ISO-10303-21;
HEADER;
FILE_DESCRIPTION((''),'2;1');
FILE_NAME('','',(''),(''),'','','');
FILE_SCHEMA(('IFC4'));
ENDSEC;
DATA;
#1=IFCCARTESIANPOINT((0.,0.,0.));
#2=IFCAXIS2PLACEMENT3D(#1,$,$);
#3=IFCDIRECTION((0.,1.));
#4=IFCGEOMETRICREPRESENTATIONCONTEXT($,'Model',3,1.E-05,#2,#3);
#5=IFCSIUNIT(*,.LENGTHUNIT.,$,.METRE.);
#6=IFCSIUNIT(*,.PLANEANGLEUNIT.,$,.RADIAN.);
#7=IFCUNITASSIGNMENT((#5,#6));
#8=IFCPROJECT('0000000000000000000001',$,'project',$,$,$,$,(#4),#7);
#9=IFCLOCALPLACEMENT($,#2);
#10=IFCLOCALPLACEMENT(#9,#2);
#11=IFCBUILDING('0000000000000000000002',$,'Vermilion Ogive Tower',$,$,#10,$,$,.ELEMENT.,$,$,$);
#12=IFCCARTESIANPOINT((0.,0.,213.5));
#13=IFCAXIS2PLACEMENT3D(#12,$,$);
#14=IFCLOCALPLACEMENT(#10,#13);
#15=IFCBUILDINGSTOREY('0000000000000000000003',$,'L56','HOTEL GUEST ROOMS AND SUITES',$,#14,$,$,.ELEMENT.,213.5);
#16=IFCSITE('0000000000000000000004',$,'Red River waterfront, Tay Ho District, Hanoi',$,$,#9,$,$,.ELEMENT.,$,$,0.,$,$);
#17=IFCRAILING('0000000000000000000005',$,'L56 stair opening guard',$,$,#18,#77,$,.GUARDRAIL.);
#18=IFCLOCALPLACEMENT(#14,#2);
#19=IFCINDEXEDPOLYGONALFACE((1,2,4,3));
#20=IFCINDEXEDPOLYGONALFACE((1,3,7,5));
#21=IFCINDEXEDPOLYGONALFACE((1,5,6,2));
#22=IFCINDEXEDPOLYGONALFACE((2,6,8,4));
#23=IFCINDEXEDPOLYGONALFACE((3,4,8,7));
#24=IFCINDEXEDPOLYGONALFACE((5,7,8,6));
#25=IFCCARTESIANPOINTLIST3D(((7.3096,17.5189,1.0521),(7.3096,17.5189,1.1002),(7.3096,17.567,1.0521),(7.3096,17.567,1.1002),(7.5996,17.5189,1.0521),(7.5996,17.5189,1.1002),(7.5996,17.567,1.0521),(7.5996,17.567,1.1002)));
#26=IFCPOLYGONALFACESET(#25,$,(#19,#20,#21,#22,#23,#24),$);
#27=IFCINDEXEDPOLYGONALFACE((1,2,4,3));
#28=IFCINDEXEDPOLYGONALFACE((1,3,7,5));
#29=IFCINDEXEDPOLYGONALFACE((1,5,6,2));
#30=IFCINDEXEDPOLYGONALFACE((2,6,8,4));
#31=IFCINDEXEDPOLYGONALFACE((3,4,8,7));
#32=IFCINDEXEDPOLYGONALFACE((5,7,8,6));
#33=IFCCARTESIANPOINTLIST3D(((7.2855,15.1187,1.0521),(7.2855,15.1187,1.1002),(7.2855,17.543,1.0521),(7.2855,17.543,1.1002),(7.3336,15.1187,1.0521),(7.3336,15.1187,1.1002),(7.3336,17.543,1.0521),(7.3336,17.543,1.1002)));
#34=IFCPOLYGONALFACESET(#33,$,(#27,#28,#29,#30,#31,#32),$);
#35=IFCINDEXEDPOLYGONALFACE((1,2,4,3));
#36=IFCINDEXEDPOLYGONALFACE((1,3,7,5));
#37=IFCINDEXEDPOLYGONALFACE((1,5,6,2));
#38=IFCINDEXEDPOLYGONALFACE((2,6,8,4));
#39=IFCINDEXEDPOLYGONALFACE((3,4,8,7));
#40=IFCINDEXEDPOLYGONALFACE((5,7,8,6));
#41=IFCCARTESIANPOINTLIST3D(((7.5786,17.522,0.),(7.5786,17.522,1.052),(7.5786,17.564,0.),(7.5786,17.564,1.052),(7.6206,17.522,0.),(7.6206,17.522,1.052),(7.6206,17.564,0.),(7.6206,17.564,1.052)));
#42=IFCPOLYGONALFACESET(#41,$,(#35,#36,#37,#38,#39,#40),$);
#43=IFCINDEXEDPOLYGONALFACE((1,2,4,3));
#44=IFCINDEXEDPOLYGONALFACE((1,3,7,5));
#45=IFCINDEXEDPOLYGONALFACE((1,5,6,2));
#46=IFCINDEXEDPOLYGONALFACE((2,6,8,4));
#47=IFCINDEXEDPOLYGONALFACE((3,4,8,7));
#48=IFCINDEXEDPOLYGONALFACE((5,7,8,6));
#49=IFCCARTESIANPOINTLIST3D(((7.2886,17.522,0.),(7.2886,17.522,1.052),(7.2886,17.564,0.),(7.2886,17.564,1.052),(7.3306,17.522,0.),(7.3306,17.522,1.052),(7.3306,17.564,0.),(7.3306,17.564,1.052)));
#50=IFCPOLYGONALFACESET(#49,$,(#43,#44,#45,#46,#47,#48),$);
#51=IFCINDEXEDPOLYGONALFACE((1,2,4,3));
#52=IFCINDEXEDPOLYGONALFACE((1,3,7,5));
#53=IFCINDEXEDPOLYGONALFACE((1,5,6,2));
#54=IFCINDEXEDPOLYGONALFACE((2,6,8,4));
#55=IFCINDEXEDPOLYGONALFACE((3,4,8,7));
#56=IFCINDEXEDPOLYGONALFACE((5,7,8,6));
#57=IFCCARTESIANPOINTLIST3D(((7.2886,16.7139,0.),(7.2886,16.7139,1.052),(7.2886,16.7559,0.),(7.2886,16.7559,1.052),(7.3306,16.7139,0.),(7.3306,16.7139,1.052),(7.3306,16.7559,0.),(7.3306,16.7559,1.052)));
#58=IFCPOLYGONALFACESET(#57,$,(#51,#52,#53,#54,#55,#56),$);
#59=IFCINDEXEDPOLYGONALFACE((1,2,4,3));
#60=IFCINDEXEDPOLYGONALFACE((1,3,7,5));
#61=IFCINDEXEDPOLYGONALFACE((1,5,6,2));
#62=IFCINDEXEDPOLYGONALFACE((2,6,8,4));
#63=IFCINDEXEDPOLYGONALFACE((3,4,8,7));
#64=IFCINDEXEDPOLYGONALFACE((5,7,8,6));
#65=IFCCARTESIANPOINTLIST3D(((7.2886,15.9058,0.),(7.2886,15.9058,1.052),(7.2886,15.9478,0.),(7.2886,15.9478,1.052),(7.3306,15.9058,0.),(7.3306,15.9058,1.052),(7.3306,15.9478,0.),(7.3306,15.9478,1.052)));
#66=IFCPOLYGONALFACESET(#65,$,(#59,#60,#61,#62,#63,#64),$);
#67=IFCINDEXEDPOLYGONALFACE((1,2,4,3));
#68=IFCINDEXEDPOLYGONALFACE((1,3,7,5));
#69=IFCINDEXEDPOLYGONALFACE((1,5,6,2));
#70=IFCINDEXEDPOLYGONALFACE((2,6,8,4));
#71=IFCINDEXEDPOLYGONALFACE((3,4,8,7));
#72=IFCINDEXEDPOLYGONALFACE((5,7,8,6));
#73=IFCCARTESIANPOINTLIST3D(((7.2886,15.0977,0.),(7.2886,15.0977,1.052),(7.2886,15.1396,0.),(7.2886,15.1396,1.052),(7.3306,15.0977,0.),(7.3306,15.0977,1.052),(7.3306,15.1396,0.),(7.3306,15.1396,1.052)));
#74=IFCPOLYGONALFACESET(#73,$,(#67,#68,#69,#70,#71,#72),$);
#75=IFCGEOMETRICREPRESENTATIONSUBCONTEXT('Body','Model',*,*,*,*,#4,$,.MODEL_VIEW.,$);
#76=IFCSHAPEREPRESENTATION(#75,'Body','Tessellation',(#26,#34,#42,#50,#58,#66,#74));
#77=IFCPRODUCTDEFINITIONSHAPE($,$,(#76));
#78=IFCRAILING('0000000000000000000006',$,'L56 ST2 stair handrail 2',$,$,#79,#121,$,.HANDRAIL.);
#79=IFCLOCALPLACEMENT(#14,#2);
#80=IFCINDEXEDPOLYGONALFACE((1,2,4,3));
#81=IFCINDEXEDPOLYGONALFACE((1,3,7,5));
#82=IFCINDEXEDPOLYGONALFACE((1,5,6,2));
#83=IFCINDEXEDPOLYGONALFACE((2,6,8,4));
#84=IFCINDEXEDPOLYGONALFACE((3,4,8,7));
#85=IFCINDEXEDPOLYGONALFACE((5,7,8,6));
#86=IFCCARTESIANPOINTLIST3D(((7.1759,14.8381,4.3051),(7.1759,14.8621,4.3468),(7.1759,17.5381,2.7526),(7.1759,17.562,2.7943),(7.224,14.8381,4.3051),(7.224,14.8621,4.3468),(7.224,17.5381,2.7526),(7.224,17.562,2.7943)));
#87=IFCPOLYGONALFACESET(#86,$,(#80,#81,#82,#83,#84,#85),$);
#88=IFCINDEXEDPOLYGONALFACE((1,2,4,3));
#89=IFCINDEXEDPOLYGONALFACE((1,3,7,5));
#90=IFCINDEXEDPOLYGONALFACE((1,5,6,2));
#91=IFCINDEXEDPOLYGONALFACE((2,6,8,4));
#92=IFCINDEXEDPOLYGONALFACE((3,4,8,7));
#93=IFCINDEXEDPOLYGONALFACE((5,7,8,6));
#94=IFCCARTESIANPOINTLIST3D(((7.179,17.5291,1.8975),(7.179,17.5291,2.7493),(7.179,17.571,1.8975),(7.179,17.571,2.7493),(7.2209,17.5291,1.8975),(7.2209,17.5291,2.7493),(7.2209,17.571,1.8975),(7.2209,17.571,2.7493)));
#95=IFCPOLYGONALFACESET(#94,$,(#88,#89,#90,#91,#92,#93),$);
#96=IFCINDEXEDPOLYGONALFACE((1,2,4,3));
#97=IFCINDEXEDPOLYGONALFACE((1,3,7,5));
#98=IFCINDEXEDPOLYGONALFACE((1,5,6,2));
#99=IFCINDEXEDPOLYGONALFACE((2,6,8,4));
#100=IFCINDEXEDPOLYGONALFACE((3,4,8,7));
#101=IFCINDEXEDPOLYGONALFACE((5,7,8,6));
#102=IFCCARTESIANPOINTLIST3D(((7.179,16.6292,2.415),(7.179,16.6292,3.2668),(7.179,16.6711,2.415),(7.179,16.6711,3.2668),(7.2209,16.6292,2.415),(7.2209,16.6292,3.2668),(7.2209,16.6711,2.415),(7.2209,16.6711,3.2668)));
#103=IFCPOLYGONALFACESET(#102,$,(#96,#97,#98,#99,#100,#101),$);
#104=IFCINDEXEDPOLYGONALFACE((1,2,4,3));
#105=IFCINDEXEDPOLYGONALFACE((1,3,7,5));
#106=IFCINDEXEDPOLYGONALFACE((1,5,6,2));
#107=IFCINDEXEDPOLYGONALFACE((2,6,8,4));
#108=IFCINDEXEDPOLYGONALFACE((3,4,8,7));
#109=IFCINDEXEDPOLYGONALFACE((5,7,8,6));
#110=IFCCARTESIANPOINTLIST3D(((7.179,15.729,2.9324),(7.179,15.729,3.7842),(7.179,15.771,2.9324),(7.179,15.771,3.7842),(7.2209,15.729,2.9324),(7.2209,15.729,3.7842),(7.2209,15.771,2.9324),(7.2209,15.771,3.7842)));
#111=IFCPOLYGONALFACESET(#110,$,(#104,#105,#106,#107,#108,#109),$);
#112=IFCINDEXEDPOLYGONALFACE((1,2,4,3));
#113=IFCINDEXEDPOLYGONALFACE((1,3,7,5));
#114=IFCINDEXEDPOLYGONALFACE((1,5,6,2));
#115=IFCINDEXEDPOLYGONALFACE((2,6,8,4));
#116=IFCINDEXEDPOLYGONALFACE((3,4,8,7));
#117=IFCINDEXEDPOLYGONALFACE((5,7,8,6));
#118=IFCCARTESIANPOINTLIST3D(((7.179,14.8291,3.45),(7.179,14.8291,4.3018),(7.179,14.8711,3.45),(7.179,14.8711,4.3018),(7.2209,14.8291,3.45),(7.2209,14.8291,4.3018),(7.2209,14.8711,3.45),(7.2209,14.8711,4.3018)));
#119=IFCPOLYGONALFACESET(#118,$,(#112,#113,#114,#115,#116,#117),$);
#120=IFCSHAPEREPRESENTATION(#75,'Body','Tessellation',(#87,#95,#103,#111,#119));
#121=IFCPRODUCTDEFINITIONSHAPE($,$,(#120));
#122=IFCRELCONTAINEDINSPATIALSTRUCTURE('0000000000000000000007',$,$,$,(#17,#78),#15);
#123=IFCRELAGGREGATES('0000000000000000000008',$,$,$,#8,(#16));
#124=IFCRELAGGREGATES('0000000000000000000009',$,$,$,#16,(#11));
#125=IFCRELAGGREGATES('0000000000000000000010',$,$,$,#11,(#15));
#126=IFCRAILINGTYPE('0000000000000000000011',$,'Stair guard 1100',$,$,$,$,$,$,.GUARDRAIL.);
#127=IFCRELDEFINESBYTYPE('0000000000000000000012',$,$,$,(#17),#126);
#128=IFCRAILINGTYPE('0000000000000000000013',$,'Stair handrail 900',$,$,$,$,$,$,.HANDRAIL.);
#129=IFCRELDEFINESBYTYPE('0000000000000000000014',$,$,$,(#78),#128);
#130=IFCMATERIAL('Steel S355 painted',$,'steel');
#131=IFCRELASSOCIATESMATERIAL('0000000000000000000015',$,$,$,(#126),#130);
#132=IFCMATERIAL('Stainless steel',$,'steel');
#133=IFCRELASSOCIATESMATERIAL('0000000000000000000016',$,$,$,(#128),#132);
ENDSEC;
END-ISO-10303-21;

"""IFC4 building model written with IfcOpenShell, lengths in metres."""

from ifc_helpers import new_model, si_unit, direction, frame, origin, origin_2d, place, context, subcontext, project, spatial, rectangle, extrude, material, type_object, element, save


model = new_model("IFC4")

# Units and contexts
model_context = context("Model", 3, precision=1e-05, world=origin(), true_north=direction((0.0, 1.0)))
body_context = subcontext(model_context, "Body", "Model", "MODEL_VIEW")
ifc_project = project(units=[si_unit("LENGTHUNIT", "METRE"), si_unit("PLANEANGLEUNIT", "RADIAN")], contexts=[model_context])

# Site, building, storey
site_placement = place(None, origin())
site = spatial("IfcSite", under=ifc_project, at=site_placement, Name="Red River waterfront, Tay Ho District, Hanoi", CompositionType="ELEMENT", RefElevation=0.0)
building_placement = place(site_placement, origin())
building = spatial("IfcBuilding", under=site, at=building_placement, Name="Vermilion Ogive Tower", CompositionType="ELEMENT")
storey_placement = place(building_placement, frame((0.0, 0.0, 213.5)))
storey = spatial("IfcBuildingStorey", under=building, at=storey_placement, Name="L56", Description="HOTEL GUEST ROOMS AND SUITES", CompositionType="ELEMENT", Elevation=213.5)

# Railings
ifc_material_1 = material(Name="Steel S355 painted", Category="steel")
railing_type_1 = type_object("IfcRailingType", Name="Stair guard 1100", PredefinedType="GUARDRAIL", material=ifc_material_1)
railing_1_placement = place(storey_placement, frame((7.5996, 17.543, 0.0)))
element("IfcRailing", 1, at=railing_1_placement, inside=storey, type_object=railing_type_1, Name="L56 stair opening guard", PredefinedType="GUARDRAIL", context=body_context, shape_type="SweptSolid", body=[
    extrude(rectangle(XDim=0.0481, YDim=0.0481, at=origin_2d()), frame((0.0, 0.0, 1.0762), z_axis=(-1.0, 0.0, 0.0), x_axis=(0.0, -1.0, 0.0)), (0.0, 0.0, 1.0), 0.29),
    extrude(rectangle(XDim=0.0481, YDim=0.0481, at=origin_2d()), frame((-0.29, 0.0, 1.0762), z_axis=(0.0, -1.0, 0.0), x_axis=(1.0, 0.0, 0.0)), (0.0, 0.0, 1.0), 2.4243),
    extrude(rectangle(XDim=0.042, YDim=0.042, at=origin_2d()), origin(), (0.0, 0.0, 1.0), 1.052),
    extrude(rectangle(XDim=0.042, YDim=0.042, at=origin_2d()), frame((-0.29, 0.0, 0.0)), (0.0, 0.0, 1.0), 1.052),
    extrude(rectangle(XDim=0.042, YDim=0.042, at=origin_2d()), frame((-0.29, -0.8081, 0.0)), (0.0, 0.0, 1.0), 1.052),
    extrude(rectangle(XDim=0.042, YDim=0.042, at=origin_2d()), frame((-0.29, -1.6162, 0.0)), (0.0, 0.0, 1.0), 1.052),
    extrude(rectangle(XDim=0.042, YDim=0.042, at=origin_2d()), frame((-0.29, -2.4243, 0.0)), (0.0, 0.0, 1.0), 1.052),
])
ifc_material_2 = material(Name="Stainless steel", Category="steel")
railing_type_2 = type_object("IfcRailingType", Name="Stair handrail 900", PredefinedType="HANDRAIL", material=ifc_material_2)
railing_2_placement = place(storey_placement, frame((7.2, 17.55, 1.8975)))
element("IfcRailing", 2, at=railing_2_placement, inside=storey, type_object=railing_type_2, Name="L56 ST2 stair handrail 2", PredefinedType="HANDRAIL", context=body_context, shape_type="SweptSolid", body=[
    extrude(rectangle(XDim=0.0481, YDim=0.0481, at=origin_2d()), frame((0.0, 0.0, 0.876), z_axis=(0.0, -0.866904, 0.498476), x_axis=(1.0, 0.0, 0.0)), (0.0, 0.0, 1.0), 3.1145),
    extrude(rectangle(XDim=0.042, YDim=0.042, at=origin_2d()), origin(), (0.0, 0.0, 1.0), 0.8518),
    extrude(rectangle(XDim=0.042, YDim=0.042, at=origin_2d()), frame((0.0, -0.8999, 0.5176)), (0.0, 0.0, 1.0), 0.8518),
    extrude(rectangle(XDim=0.042, YDim=0.042, at=origin_2d()), frame((0.0, -1.8, 1.0349)), (0.0, 0.0, 1.0), 0.8518),
    extrude(rectangle(XDim=0.042, YDim=0.042, at=origin_2d()), frame((0.0, -2.7, 1.5525)), (0.0, 0.0, 1.0), 0.8518),
])

save(model, "model.ifc")
